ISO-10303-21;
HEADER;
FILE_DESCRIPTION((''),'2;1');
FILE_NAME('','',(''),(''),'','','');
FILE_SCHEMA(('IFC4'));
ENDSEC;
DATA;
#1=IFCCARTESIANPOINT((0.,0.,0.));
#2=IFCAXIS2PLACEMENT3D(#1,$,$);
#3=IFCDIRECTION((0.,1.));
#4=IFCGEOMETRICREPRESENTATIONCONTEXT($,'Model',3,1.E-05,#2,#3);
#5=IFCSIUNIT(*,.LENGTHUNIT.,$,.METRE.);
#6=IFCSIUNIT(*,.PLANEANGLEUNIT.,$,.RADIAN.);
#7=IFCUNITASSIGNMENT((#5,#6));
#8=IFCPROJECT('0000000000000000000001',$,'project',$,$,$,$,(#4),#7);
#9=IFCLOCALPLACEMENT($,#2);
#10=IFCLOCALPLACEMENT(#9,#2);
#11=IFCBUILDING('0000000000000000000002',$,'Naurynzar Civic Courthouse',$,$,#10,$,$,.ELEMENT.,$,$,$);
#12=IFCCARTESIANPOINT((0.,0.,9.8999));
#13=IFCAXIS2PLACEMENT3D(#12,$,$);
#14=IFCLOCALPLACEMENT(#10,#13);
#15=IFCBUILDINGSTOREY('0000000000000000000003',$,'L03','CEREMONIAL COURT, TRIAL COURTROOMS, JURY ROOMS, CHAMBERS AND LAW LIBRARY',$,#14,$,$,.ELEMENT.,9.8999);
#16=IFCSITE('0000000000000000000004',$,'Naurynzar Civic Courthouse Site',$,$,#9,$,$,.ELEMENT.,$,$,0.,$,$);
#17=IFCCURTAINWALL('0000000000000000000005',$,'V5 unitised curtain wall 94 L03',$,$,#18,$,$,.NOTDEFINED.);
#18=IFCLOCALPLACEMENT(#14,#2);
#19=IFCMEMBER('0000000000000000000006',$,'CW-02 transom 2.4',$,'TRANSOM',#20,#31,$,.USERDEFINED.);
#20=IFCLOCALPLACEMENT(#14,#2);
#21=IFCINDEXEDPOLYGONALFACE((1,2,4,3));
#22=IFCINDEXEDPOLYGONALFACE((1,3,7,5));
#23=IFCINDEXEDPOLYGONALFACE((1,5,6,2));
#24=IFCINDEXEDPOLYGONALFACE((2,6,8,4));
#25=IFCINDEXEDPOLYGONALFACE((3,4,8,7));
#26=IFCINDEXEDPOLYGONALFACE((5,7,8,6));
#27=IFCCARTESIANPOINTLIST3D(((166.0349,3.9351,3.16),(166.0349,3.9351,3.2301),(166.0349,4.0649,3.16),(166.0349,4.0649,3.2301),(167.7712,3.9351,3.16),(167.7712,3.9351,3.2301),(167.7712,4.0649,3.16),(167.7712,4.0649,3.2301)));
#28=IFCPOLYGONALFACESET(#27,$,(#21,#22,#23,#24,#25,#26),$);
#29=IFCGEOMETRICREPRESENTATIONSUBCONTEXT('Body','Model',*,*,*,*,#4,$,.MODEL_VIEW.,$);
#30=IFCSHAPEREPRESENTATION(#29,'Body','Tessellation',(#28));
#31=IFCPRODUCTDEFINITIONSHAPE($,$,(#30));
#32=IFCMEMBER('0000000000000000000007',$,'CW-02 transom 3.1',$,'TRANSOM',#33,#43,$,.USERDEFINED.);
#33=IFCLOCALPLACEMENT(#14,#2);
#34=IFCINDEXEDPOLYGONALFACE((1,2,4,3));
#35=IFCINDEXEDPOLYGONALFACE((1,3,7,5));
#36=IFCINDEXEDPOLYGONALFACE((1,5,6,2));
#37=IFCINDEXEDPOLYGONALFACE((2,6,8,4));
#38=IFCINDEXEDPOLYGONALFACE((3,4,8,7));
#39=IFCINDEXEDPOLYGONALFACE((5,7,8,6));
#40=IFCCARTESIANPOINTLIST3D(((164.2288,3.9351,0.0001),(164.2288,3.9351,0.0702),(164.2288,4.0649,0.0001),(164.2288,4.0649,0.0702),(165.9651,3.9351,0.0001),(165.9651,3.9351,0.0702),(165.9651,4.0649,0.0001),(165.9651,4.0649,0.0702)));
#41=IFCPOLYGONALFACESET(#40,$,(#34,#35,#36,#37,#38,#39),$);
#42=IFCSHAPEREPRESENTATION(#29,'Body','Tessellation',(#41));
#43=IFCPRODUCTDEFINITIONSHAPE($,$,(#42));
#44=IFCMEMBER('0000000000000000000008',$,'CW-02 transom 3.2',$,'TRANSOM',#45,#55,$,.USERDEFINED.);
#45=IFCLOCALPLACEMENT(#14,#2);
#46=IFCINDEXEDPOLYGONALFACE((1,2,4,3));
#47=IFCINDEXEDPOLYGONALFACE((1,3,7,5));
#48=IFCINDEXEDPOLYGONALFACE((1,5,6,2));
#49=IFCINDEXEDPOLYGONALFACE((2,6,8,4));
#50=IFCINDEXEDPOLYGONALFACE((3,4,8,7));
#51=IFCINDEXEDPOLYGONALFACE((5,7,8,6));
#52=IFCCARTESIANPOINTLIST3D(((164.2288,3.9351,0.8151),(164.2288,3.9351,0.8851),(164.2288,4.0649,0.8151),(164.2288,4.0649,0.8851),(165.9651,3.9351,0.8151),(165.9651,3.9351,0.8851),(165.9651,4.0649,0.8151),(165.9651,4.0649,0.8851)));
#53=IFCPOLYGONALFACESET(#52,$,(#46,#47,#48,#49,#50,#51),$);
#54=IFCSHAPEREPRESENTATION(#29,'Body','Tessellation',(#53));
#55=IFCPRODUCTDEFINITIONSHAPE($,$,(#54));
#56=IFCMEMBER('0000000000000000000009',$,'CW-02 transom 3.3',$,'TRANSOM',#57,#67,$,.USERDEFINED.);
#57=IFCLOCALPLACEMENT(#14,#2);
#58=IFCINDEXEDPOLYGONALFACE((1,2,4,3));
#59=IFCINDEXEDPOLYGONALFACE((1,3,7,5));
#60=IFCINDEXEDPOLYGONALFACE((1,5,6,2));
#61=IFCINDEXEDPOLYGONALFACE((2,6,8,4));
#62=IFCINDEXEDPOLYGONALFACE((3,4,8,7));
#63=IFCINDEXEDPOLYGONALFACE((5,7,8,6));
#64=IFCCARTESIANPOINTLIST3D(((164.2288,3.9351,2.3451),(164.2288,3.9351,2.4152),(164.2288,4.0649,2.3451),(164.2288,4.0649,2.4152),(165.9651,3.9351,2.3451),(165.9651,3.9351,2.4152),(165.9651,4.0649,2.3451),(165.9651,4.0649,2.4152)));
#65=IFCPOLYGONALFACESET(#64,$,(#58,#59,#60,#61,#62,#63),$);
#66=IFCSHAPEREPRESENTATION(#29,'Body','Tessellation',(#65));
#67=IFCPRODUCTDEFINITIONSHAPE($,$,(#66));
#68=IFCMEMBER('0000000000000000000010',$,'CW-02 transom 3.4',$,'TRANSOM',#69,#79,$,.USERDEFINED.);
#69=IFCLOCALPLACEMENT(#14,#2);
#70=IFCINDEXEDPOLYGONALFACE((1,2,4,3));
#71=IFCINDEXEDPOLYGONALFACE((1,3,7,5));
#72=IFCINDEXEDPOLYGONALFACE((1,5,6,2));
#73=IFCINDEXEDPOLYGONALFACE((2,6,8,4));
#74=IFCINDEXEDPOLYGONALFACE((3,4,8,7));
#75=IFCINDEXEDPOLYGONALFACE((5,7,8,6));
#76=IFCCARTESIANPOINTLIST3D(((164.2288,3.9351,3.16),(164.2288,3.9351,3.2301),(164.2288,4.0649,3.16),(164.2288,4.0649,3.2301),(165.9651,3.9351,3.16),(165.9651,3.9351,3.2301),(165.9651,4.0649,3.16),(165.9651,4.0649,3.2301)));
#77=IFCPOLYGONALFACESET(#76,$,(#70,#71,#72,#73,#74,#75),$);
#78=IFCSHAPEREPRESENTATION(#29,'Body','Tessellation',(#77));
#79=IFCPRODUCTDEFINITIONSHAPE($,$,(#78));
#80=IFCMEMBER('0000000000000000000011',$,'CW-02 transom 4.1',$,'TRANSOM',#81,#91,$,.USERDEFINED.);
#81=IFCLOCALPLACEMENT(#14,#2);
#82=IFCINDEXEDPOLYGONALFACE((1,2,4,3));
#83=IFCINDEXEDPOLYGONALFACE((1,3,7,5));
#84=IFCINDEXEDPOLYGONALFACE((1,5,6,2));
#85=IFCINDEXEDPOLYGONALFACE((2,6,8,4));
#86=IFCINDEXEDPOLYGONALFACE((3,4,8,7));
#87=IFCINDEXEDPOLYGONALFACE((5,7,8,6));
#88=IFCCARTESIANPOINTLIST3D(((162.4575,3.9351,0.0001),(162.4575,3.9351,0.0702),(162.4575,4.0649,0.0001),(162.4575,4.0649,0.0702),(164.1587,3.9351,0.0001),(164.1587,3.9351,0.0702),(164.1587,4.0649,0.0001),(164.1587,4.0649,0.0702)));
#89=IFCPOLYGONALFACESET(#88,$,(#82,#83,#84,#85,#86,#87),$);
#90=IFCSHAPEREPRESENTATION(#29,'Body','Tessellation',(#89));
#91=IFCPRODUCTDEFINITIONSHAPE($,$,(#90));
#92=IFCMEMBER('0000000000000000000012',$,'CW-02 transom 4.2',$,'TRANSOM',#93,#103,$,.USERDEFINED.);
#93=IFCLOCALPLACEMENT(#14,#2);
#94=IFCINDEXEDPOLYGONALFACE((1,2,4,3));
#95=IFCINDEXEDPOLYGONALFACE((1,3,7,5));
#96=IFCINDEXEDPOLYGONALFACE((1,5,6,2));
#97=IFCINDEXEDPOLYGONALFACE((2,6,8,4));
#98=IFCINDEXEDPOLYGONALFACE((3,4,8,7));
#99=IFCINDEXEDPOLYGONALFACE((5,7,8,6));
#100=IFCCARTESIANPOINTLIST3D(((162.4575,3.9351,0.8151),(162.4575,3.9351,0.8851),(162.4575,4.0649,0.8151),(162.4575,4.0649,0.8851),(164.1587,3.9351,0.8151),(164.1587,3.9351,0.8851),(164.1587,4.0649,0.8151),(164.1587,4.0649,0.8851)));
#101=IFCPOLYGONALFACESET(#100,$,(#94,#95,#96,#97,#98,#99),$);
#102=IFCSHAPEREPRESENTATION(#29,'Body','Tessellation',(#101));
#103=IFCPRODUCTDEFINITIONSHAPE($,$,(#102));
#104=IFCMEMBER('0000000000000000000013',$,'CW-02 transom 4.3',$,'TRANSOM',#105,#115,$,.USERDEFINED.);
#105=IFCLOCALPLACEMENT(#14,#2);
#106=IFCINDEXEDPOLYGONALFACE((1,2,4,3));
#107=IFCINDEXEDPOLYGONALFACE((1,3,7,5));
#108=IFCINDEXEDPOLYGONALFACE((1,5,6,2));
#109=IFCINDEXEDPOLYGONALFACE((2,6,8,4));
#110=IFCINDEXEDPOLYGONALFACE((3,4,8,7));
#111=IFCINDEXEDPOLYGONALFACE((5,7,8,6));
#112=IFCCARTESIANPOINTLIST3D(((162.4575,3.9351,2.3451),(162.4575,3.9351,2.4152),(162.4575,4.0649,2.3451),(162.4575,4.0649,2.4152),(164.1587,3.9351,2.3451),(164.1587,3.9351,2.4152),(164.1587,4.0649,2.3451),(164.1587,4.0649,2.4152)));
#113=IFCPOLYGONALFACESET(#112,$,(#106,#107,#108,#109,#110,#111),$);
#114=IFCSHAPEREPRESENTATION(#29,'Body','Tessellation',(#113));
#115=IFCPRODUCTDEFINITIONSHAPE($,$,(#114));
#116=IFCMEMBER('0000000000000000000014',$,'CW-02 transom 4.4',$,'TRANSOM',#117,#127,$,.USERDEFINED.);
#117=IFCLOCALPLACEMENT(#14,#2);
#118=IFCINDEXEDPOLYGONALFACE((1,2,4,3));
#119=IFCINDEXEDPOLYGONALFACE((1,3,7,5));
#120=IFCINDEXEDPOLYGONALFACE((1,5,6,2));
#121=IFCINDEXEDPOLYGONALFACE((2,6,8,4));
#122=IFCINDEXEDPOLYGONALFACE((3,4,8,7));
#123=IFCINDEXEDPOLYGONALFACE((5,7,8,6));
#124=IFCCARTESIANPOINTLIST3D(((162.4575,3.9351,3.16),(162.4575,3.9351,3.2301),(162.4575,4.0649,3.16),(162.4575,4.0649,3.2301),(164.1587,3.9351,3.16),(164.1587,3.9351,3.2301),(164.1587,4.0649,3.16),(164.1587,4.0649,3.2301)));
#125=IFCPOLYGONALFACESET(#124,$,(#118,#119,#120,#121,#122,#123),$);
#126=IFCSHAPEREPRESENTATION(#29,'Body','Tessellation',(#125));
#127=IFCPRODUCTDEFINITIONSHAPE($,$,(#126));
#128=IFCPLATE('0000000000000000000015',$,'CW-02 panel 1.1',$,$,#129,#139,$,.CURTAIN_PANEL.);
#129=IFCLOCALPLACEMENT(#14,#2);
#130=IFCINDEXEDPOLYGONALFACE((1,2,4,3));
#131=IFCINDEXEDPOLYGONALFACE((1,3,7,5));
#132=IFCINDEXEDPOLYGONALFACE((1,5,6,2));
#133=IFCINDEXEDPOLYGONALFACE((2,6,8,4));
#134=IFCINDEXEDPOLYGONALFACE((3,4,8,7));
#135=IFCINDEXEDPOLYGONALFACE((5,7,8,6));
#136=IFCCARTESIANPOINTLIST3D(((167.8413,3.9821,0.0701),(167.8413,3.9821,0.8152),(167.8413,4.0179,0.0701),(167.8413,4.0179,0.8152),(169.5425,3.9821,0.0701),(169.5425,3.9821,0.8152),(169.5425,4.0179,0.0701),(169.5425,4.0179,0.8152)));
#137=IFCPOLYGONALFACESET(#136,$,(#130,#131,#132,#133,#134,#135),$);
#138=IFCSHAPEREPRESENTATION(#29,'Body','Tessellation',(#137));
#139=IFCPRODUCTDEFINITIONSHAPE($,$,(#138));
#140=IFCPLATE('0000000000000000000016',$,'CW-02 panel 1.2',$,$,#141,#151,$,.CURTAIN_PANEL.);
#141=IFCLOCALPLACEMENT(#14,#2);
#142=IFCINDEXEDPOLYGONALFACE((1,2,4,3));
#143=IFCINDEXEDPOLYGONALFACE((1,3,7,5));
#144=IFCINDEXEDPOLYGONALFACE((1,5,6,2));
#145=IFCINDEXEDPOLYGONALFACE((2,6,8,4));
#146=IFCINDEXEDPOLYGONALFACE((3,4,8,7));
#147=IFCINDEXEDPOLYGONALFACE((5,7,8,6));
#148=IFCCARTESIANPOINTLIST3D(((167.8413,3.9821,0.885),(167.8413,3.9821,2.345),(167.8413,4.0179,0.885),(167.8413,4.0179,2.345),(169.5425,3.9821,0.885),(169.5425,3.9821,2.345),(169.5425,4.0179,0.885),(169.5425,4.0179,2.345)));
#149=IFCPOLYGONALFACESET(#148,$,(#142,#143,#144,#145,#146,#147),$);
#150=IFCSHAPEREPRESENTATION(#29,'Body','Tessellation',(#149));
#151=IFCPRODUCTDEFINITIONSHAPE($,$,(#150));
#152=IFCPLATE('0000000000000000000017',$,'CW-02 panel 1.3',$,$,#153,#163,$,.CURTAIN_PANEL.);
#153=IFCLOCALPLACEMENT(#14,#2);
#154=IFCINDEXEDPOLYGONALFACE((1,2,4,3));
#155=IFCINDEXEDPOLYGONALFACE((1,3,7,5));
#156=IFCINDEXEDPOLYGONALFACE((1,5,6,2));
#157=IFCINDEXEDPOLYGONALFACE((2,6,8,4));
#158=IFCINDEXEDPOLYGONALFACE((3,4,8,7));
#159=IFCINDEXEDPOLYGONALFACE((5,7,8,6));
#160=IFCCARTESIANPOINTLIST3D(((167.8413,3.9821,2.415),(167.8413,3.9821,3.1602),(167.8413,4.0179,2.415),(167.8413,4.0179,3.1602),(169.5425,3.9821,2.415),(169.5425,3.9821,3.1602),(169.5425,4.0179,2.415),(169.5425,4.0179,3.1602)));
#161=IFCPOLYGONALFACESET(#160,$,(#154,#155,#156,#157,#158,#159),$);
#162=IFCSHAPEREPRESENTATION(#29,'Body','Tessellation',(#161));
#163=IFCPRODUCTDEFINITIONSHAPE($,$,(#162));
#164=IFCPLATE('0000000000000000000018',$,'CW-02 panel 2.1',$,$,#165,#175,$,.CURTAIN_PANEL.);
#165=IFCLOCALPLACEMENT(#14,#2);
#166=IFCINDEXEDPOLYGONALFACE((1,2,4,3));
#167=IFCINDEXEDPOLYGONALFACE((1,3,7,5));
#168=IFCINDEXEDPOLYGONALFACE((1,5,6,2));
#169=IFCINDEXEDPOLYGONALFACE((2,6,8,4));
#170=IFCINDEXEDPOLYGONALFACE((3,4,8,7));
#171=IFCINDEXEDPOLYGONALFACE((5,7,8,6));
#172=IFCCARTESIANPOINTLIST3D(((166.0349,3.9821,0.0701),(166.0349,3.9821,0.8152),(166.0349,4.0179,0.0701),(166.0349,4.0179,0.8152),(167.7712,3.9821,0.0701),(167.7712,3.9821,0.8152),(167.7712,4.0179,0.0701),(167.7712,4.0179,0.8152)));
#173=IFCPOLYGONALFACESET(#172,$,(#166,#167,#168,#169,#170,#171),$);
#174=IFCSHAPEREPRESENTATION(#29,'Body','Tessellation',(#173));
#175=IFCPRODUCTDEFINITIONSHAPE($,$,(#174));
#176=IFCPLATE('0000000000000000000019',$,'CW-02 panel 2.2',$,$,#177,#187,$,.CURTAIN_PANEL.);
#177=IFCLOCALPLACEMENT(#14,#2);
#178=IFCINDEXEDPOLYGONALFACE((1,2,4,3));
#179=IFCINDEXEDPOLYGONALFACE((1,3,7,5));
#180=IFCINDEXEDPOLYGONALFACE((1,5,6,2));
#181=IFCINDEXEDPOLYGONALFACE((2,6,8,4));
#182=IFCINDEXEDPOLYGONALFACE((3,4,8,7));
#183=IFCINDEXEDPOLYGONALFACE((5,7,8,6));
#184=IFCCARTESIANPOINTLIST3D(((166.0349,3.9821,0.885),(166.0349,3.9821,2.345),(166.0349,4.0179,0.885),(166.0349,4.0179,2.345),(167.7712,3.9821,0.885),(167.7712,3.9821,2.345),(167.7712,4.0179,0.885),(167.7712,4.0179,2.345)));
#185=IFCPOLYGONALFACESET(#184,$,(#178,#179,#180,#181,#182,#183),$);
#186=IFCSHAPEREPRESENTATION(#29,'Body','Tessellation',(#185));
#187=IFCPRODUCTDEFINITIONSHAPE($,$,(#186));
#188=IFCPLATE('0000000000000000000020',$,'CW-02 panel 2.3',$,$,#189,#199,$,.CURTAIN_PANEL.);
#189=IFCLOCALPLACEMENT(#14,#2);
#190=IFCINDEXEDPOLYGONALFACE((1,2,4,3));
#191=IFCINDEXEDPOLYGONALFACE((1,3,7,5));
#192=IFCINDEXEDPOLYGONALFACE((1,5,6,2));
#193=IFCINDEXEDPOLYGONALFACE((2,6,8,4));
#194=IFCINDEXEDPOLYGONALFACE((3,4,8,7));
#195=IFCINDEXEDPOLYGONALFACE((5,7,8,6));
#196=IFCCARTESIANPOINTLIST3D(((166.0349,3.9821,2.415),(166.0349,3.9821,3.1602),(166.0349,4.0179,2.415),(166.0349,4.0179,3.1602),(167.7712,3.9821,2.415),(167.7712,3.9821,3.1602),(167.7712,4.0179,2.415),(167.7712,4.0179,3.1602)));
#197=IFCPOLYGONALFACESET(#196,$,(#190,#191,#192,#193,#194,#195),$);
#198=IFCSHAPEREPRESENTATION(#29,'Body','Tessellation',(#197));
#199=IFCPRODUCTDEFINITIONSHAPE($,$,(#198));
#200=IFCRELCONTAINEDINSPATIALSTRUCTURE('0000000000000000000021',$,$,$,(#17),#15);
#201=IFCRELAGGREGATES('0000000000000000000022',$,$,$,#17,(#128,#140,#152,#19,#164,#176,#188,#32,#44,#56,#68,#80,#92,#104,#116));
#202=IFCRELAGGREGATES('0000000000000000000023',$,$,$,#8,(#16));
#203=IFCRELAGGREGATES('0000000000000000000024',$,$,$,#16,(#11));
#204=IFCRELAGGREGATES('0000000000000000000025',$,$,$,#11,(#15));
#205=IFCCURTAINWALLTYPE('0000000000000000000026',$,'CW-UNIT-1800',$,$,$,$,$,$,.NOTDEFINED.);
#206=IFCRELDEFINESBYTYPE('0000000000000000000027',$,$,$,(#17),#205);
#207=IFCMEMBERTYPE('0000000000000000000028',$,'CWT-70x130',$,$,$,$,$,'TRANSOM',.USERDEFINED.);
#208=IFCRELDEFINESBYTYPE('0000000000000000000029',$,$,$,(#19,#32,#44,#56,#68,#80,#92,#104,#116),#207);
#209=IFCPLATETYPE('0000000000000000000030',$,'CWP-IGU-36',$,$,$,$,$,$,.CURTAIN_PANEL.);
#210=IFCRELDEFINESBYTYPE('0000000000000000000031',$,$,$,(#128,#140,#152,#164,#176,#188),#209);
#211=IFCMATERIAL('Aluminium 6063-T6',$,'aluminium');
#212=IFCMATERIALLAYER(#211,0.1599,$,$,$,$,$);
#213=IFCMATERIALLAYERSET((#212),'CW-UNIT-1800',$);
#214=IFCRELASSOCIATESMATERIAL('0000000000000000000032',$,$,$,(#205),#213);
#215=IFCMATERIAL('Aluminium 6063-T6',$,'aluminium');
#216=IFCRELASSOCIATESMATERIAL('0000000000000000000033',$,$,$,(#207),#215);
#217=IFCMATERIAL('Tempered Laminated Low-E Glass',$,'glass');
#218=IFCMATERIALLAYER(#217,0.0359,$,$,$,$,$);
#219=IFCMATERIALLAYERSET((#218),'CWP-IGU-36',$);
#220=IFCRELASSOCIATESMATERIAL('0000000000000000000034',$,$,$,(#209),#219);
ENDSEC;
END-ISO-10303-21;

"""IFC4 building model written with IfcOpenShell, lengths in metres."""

from ifc_helpers import new_model, si_unit, direction, frame, origin, origin_2d, place, context, subcontext, project, spatial, rectangle, extrude, material, layer, layer_set, material_profile, profile_set, type_object, element, aggregate, save


model = new_model("IFC4")

# Units and contexts
model_context = context("Model", 3, precision=1e-05, world=origin(), true_north=direction((0.0, 1.0)))
body_context = subcontext(model_context, "Body", "Model", "MODEL_VIEW")
ifc_project = project(units=[si_unit("LENGTHUNIT", "METRE"), si_unit("PLANEANGLEUNIT", "RADIAN")], contexts=[model_context])

# Site, building, storey
site_placement = place(None, origin())
site = spatial("IfcSite", under=ifc_project, at=site_placement, Name="Naurynzar Civic Courthouse Site", CompositionType="ELEMENT", RefElevation=0.0)
building_placement = place(site_placement, origin())
building = spatial("IfcBuilding", under=site, at=building_placement, Name="Naurynzar Civic Courthouse", CompositionType="ELEMENT")
storey_placement = place(building_placement, frame((0.0, 0.0, 9.8999)))
storey = spatial("IfcBuildingStorey", under=building, at=storey_placement, Name="L03", Description="CEREMONIAL COURT, TRIAL COURTROOMS, JURY ROOMS, CHAMBERS AND LAW LIBRARY", CompositionType="ELEMENT", Elevation=9.8999)

# Curtain wall, members, plates
ifc_material_1 = material(Name="Aluminium 6063-T6", Category="aluminium")
ifc_layer_1 = layer(ifc_material_1, 0.1599)
ifc_layer_set_1 = layer_set([ifc_layer_1], Name="CW-UNIT-1800")
curtain_wall_type = type_object("IfcCurtainWallType", Name="CW-UNIT-1800", PredefinedType="NOTDEFINED", material=ifc_layer_set_1)
curtain_wall_placement = place(storey_placement, origin())
curtain_wall = element("IfcCurtainWall", 1, at=curtain_wall_placement, inside=storey, type_object=curtain_wall_type, Name="V5 unitised curtain wall 94 L03", PredefinedType="NOTDEFINED")
ifc_material_2 = material(Name="Aluminium 6063-T6", Category="aluminium")
ifc_material_profile_1 = material_profile(ifc_material_2, rectangle(XDim=0.1299, YDim=0.0701, at=origin_2d()), Name="ALU TRANSOM 70x130")
ifc_profile_set_1 = profile_set([ifc_material_profile_1], Name="Aluminium 6063-T6")
member_type_1 = type_object("IfcMemberType", Name="CWT-70x130", ElementType="TRANSOM", PredefinedType="USERDEFINED", material=ifc_profile_set_1)
member_1_placement = place(storey_placement, frame((167.7712, 4.0, 3.1951), z_axis=(-1.0, 0.0, 0.0), x_axis=(0.0, -1.0, 0.0)))
member_1 = element("IfcMember", 2, at=member_1_placement, type_object=member_type_1, Name="CW-02 transom 2.4", ObjectType="TRANSOM", PredefinedType="USERDEFINED", context=body_context, shape_type="SweptSolid", body=[
    extrude(rectangle(XDim=0.1299, YDim=0.0701, at=origin_2d()), origin(), (0.0, 0.0, 1.0), 1.7363),
])
member_2_placement = place(storey_placement, frame((165.9651, 4.0, 0.0352), z_axis=(-1.0, 0.0, 0.0), x_axis=(0.0, -1.0, 0.0)))
member_2 = element("IfcMember", 3, at=member_2_placement, type_object=member_type_1, Name="CW-02 transom 3.1", ObjectType="TRANSOM", PredefinedType="USERDEFINED", context=body_context, shape_type="SweptSolid", body=[
    extrude(rectangle(XDim=0.1299, YDim=0.0701, at=origin_2d()), origin(), (0.0, 0.0, 1.0), 1.7363),
])
member_3_placement = place(storey_placement, frame((165.9651, 4.0, 0.8501), z_axis=(-1.0, 0.0, 0.0), x_axis=(0.0, -1.0, 0.0)))
member_3 = element("IfcMember", 4, at=member_3_placement, type_object=member_type_1, Name="CW-02 transom 3.2", ObjectType="TRANSOM", PredefinedType="USERDEFINED", context=body_context, shape_type="SweptSolid", body=[
    extrude(rectangle(XDim=0.1299, YDim=0.0701, at=origin_2d()), origin(), (0.0, 0.0, 1.0), 1.7363),
])
member_4_placement = place(storey_placement, frame((165.9651, 4.0, 2.3801), z_axis=(-1.0, 0.0, 0.0), x_axis=(0.0, -1.0, 0.0)))
member_4 = element("IfcMember", 5, at=member_4_placement, type_object=member_type_1, Name="CW-02 transom 3.3", ObjectType="TRANSOM", PredefinedType="USERDEFINED", context=body_context, shape_type="SweptSolid", body=[
    extrude(rectangle(XDim=0.1299, YDim=0.0701, at=origin_2d()), origin(), (0.0, 0.0, 1.0), 1.7363),
])
member_5_placement = place(storey_placement, frame((165.9651, 4.0, 3.1951), z_axis=(-1.0, 0.0, 0.0), x_axis=(0.0, -1.0, 0.0)))
member_5 = element("IfcMember", 6, at=member_5_placement, type_object=member_type_1, Name="CW-02 transom 3.4", ObjectType="TRANSOM", PredefinedType="USERDEFINED", context=body_context, shape_type="SweptSolid", body=[
    extrude(rectangle(XDim=0.1299, YDim=0.0701, at=origin_2d()), origin(), (0.0, 0.0, 1.0), 1.7363),
])
member_6_placement = place(storey_placement, frame((164.1587, 4.0, 0.0352), z_axis=(-1.0, 0.0, 0.0), x_axis=(0.0, -1.0, 0.0)))
member_6 = element("IfcMember", 7, at=member_6_placement, type_object=member_type_1, Name="CW-02 transom 4.1", ObjectType="TRANSOM", PredefinedType="USERDEFINED", context=body_context, shape_type="SweptSolid", body=[
    extrude(rectangle(XDim=0.1299, YDim=0.0701, at=origin_2d()), origin(), (0.0, 0.0, 1.0), 1.7012),
])
member_7_placement = place(storey_placement, frame((164.1587, 4.0, 0.8501), z_axis=(-1.0, 0.0, 0.0), x_axis=(0.0, -1.0, 0.0)))
member_7 = element("IfcMember", 8, at=member_7_placement, type_object=member_type_1, Name="CW-02 transom 4.2", ObjectType="TRANSOM", PredefinedType="USERDEFINED", context=body_context, shape_type="SweptSolid", body=[
    extrude(rectangle(XDim=0.1299, YDim=0.0701, at=origin_2d()), origin(), (0.0, 0.0, 1.0), 1.7012),
])
member_8_placement = place(storey_placement, frame((164.1587, 4.0, 2.3801), z_axis=(-1.0, 0.0, 0.0), x_axis=(0.0, -1.0, 0.0)))
member_8 = element("IfcMember", 9, at=member_8_placement, type_object=member_type_1, Name="CW-02 transom 4.3", ObjectType="TRANSOM", PredefinedType="USERDEFINED", context=body_context, shape_type="SweptSolid", body=[
    extrude(rectangle(XDim=0.1299, YDim=0.0701, at=origin_2d()), origin(), (0.0, 0.0, 1.0), 1.7012),
])
member_9_placement = place(storey_placement, frame((164.1587, 4.0, 3.1951), z_axis=(-1.0, 0.0, 0.0), x_axis=(0.0, -1.0, 0.0)))
member_9 = element("IfcMember", 10, at=member_9_placement, type_object=member_type_1, Name="CW-02 transom 4.4", ObjectType="TRANSOM", PredefinedType="USERDEFINED", context=body_context, shape_type="SweptSolid", body=[
    extrude(rectangle(XDim=0.1299, YDim=0.0701, at=origin_2d()), origin(), (0.0, 0.0, 1.0), 1.7012),
])
ifc_material_3 = material(Name="Tempered Laminated Low-E Glass", Category="glass")
ifc_layer_2 = layer(ifc_material_3, 0.0359)
ifc_layer_set_2 = layer_set([ifc_layer_2], Name="CWP-IGU-36")
plate_type = type_object("IfcPlateType", Name="CWP-IGU-36", PredefinedType="CURTAIN_PANEL", material=ifc_layer_set_2)
plate_1_placement = place(storey_placement, frame((168.6919, 4.0, 0.0701), z_axis=(0.0, 0.0, 1.0), x_axis=(-1.0, 0.0, 0.0)))
plate_1 = element("IfcPlate", 11, at=plate_1_placement, type_object=plate_type, Name="CW-02 panel 1.1", PredefinedType="CURTAIN_PANEL", context=body_context, shape_type="SweptSolid", body=[
    extrude(rectangle(XDim=1.7012, YDim=0.0359, at=origin_2d()), origin(), (0.0, 0.0, 1.0), 0.7451),
])
plate_2_placement = place(storey_placement, frame((168.6919, 4.0, 0.885), z_axis=(0.0, 0.0, 1.0), x_axis=(-1.0, 0.0, 0.0)))
plate_2 = element("IfcPlate", 12, at=plate_2_placement, type_object=plate_type, Name="CW-02 panel 1.2", PredefinedType="CURTAIN_PANEL", context=body_context, shape_type="SweptSolid", body=[
    extrude(rectangle(XDim=1.7012, YDim=0.0359, at=origin_2d()), origin(), (0.0, 0.0, 1.0), 1.46),
])
plate_3_placement = place(storey_placement, frame((168.6919, 4.0, 2.415), z_axis=(0.0, 0.0, 1.0), x_axis=(-1.0, 0.0, 0.0)))
plate_3 = element("IfcPlate", 13, at=plate_3_placement, type_object=plate_type, Name="CW-02 panel 1.3", PredefinedType="CURTAIN_PANEL", context=body_context, shape_type="SweptSolid", body=[
    extrude(rectangle(XDim=1.7012, YDim=0.0359, at=origin_2d()), origin(), (0.0, 0.0, 1.0), 0.7451),
])
plate_4_placement = place(storey_placement, frame((166.9031, 4.0, 0.0701), z_axis=(0.0, 0.0, 1.0), x_axis=(-1.0, 0.0, 0.0)))
plate_4 = element("IfcPlate", 14, at=plate_4_placement, type_object=plate_type, Name="CW-02 panel 2.1", PredefinedType="CURTAIN_PANEL", context=body_context, shape_type="SweptSolid", body=[
    extrude(rectangle(XDim=1.7363, YDim=0.0359, at=origin_2d()), origin(), (0.0, 0.0, 1.0), 0.7451),
])
plate_5_placement = place(storey_placement, frame((166.9031, 4.0, 0.885), z_axis=(0.0, 0.0, 1.0), x_axis=(-1.0, 0.0, 0.0)))
plate_5 = element("IfcPlate", 15, at=plate_5_placement, type_object=plate_type, Name="CW-02 panel 2.2", PredefinedType="CURTAIN_PANEL", context=body_context, shape_type="SweptSolid", body=[
    extrude(rectangle(XDim=1.7363, YDim=0.0359, at=origin_2d()), origin(), (0.0, 0.0, 1.0), 1.46),
])
plate_6_placement = place(storey_placement, frame((166.9031, 4.0, 2.415), z_axis=(0.0, 0.0, 1.0), x_axis=(-1.0, 0.0, 0.0)))
plate_6 = element("IfcPlate", 16, at=plate_6_placement, type_object=plate_type, Name="CW-02 panel 2.3", PredefinedType="CURTAIN_PANEL", context=body_context, shape_type="SweptSolid", body=[
    extrude(rectangle(XDim=1.7363, YDim=0.0359, at=origin_2d()), origin(), (0.0, 0.0, 1.0), 0.7451),
])
aggregate(curtain_wall, [plate_1, plate_2, plate_3, member_1, plate_4, plate_5, plate_6, member_2, member_3, member_4, member_5, member_6, member_7, member_8, member_9])

save(model, "model.ifc")
